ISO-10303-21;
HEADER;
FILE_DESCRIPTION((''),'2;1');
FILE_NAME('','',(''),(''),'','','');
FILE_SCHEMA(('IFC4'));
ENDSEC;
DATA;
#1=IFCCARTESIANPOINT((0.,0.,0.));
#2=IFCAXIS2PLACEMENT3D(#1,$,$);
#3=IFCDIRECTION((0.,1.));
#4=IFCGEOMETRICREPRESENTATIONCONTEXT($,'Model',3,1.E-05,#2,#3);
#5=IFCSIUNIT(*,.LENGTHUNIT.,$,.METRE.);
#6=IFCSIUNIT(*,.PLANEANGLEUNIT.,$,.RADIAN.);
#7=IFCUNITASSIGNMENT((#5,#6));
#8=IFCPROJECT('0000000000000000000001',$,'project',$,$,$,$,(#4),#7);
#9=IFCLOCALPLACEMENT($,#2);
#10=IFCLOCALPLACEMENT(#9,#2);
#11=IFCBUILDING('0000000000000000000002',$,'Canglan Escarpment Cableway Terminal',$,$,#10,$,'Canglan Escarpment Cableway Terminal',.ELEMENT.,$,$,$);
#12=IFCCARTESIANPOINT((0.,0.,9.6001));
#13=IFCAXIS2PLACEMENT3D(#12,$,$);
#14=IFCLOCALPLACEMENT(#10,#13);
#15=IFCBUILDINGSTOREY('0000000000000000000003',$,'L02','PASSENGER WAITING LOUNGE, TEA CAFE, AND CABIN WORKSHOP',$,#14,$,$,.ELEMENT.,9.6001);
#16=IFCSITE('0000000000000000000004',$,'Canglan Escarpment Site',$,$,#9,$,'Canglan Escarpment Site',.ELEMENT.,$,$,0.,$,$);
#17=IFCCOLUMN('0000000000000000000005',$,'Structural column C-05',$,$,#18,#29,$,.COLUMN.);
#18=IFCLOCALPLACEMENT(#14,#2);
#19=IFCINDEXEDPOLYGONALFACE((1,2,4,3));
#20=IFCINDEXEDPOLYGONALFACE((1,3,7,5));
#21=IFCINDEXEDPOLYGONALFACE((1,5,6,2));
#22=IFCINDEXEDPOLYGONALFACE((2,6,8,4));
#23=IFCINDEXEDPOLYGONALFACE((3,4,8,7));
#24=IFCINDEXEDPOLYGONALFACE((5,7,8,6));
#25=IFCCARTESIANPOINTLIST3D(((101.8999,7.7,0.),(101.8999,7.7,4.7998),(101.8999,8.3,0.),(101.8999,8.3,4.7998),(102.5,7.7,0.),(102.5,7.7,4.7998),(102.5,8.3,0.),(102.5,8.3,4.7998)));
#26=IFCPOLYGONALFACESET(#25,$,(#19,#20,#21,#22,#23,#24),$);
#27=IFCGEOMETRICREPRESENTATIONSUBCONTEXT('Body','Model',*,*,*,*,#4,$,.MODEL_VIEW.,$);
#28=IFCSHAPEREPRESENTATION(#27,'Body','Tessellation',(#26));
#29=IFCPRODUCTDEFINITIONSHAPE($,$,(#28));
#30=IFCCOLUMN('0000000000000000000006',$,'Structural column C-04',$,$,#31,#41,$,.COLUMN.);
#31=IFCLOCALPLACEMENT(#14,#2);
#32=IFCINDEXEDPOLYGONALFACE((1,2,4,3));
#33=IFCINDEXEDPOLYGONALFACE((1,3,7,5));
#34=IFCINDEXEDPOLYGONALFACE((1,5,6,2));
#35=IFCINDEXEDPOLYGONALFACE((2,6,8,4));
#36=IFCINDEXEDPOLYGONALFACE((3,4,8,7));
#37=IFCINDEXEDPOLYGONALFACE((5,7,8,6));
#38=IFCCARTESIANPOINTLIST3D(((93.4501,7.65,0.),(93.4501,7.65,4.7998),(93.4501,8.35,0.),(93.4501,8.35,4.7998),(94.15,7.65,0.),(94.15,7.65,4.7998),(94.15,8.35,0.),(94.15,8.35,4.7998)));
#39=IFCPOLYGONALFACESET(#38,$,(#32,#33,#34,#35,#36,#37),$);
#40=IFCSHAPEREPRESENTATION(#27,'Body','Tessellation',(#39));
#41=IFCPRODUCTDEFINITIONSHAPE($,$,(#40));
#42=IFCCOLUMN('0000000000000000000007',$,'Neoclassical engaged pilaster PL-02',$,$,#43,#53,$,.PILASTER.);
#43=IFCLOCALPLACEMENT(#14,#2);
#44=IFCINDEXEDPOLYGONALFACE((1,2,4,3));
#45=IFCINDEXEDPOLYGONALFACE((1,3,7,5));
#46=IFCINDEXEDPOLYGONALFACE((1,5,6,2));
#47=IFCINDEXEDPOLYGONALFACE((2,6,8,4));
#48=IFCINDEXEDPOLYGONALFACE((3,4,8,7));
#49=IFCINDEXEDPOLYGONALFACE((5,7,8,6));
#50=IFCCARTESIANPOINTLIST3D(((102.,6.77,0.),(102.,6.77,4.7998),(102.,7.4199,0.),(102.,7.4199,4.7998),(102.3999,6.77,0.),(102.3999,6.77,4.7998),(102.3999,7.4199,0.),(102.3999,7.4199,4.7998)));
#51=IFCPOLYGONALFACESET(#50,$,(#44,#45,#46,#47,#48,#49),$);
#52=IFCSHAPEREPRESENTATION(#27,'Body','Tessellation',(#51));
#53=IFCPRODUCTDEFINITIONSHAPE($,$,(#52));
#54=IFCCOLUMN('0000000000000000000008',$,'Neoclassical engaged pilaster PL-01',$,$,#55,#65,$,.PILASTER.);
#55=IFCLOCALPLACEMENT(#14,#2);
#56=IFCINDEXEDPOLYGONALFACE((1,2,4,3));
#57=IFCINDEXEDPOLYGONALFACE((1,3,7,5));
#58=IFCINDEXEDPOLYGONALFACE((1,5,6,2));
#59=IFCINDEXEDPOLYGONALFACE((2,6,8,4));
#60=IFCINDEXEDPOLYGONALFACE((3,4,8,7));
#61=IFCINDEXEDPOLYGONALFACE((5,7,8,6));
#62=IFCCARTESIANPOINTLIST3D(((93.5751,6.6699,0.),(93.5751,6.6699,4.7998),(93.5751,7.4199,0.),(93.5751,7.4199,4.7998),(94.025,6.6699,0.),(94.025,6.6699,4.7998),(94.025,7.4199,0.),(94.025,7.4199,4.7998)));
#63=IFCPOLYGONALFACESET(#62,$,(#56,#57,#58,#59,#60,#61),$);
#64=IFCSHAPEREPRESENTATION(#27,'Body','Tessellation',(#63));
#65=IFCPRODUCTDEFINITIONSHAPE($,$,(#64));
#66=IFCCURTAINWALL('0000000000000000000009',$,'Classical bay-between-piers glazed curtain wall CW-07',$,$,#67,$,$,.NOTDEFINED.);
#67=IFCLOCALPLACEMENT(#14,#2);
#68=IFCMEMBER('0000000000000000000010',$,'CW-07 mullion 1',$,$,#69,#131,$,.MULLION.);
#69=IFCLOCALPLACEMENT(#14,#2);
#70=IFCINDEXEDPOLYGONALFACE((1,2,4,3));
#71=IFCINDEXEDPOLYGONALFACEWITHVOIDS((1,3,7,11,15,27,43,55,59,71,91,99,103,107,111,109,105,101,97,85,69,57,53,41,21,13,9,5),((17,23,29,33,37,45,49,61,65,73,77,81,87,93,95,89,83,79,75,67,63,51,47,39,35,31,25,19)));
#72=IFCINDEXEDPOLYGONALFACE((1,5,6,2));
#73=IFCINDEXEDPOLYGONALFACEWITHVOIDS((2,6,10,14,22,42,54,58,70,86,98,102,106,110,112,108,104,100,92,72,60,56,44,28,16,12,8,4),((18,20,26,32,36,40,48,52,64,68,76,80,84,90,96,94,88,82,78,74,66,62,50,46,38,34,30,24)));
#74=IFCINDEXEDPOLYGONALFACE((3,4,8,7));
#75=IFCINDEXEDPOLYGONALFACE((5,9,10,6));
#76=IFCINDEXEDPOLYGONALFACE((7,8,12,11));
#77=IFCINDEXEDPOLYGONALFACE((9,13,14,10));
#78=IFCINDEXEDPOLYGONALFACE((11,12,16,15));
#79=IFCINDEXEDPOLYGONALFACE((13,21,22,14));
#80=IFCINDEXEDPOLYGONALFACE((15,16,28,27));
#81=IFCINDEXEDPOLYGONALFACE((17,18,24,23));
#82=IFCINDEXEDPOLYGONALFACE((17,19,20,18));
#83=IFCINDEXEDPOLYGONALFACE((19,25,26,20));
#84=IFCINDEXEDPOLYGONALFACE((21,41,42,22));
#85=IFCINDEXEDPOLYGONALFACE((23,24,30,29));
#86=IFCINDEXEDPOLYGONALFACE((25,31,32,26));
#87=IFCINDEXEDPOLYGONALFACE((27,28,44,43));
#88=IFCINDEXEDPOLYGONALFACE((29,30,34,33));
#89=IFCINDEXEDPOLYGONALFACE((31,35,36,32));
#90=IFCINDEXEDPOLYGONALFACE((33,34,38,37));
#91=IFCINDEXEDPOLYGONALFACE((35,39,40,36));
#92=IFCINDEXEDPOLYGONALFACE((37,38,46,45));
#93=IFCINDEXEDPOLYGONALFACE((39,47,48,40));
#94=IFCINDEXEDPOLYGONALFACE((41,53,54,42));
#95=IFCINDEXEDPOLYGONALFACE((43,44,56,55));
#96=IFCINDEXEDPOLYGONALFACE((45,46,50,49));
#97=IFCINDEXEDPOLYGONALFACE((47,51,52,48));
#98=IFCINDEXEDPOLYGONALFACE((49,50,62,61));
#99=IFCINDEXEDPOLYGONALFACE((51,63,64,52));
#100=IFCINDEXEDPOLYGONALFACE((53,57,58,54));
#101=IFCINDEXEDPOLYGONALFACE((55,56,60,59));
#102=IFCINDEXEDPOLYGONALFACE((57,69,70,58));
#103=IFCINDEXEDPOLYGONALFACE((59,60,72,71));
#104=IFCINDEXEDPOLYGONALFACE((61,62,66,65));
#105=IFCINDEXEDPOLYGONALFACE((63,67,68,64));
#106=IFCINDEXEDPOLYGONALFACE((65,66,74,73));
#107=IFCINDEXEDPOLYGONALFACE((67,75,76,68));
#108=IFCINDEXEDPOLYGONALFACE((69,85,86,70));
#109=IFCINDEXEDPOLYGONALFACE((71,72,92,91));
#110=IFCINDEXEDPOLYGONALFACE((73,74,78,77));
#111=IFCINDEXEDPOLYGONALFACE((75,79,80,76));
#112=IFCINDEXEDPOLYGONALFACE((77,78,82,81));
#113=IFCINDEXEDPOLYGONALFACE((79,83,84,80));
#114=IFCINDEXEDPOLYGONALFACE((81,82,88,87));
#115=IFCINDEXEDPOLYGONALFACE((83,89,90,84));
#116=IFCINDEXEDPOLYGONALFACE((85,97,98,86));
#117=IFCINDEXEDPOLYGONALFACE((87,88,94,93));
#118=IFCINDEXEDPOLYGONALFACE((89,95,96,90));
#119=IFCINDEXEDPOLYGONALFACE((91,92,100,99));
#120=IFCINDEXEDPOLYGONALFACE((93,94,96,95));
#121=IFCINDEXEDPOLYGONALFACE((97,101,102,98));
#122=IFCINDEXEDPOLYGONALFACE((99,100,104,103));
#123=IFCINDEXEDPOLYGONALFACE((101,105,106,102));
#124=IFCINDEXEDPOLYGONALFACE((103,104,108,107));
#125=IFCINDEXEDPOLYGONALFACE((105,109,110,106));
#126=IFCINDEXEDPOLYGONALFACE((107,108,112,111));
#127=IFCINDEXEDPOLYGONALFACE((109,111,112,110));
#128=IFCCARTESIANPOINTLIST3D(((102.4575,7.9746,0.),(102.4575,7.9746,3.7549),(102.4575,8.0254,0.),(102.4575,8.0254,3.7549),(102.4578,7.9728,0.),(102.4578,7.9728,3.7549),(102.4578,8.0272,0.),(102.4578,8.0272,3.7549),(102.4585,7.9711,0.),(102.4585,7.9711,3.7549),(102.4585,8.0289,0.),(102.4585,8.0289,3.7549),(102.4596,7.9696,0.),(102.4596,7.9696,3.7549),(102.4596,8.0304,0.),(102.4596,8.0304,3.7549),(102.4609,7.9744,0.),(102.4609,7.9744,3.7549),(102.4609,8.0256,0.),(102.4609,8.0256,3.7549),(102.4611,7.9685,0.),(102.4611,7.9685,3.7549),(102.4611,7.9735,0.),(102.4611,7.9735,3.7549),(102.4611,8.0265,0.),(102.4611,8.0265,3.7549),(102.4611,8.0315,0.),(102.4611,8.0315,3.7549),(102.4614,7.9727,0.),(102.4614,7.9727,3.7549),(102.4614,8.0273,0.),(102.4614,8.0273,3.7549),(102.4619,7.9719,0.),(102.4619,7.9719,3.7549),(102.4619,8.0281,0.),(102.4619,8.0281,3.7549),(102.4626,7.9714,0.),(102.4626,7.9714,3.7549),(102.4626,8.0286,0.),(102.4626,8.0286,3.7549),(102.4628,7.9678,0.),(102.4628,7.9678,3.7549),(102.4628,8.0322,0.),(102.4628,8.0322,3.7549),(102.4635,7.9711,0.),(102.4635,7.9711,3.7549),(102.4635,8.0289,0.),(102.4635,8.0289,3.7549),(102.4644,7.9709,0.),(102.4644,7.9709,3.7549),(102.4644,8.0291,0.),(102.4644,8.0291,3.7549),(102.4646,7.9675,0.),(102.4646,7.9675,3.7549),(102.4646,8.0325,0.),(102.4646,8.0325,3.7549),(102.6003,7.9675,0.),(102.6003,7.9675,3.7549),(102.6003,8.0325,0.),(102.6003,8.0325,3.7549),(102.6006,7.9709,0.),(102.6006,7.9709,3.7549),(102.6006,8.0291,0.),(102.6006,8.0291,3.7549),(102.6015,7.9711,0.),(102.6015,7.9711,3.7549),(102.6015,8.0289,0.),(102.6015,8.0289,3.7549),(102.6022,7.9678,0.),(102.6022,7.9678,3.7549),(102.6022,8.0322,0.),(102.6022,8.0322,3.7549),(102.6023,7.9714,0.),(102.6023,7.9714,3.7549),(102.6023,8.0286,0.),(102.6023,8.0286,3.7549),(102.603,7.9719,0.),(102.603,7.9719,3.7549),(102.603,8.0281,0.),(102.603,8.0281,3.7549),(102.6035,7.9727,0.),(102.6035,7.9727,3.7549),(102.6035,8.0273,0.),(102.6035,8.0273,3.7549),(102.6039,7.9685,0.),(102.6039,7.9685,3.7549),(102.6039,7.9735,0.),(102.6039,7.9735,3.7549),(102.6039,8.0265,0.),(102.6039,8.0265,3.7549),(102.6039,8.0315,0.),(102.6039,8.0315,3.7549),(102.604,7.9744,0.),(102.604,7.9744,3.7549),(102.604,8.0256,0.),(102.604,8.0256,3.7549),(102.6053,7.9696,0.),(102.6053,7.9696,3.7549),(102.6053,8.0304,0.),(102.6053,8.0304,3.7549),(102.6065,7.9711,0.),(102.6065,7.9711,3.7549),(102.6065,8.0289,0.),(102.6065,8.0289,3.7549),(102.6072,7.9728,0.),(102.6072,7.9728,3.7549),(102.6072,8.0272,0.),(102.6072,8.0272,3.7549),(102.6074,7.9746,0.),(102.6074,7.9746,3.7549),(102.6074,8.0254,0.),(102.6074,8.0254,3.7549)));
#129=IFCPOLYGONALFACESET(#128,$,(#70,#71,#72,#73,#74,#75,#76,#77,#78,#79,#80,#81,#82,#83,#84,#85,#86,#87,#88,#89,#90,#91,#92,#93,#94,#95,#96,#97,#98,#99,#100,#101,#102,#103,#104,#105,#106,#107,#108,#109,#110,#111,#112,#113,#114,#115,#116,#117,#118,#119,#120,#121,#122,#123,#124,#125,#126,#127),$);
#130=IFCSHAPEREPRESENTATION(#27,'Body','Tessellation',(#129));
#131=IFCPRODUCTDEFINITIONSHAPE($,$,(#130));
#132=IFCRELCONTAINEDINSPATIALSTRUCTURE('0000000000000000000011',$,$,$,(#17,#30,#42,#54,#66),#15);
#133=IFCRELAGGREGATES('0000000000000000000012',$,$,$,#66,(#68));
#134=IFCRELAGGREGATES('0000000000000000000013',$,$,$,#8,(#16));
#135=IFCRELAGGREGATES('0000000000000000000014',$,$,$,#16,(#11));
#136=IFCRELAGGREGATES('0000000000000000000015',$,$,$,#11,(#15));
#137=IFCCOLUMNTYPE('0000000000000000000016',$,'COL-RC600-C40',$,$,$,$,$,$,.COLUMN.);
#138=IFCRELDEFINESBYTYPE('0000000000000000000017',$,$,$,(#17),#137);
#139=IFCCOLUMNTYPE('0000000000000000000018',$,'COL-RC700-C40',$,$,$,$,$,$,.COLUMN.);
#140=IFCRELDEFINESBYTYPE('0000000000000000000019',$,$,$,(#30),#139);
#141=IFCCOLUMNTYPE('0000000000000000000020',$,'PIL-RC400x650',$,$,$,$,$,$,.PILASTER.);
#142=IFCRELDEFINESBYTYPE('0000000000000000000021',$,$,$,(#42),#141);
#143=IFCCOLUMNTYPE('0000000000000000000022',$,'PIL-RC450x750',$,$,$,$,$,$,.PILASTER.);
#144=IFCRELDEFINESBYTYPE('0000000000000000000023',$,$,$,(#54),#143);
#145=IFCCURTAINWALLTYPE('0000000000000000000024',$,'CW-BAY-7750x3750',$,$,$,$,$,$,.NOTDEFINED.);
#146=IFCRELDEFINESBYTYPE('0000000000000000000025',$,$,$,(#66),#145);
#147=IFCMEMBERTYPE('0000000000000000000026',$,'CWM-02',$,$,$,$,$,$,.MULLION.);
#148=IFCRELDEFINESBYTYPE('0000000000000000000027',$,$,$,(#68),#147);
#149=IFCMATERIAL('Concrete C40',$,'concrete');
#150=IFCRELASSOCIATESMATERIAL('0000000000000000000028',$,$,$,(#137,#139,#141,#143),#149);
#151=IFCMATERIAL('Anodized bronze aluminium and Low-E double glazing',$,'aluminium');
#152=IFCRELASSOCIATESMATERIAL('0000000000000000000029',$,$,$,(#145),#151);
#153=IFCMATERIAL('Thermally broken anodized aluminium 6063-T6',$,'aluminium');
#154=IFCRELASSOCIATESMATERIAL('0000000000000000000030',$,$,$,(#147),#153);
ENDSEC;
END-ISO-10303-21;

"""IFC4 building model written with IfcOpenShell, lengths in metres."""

from ifc_helpers import new_model, si_unit, direction, frame, origin, origin_2d, place, context, subcontext, project, spatial, rectangle, hollow_rectangle, extrude, material, material_profile, profile_set, type_object, element, aggregate, save


model = new_model("IFC4")

# Units and contexts
model_context = context("Model", 3, precision=1e-05, world=origin(), true_north=direction((0.0, 1.0)))
body_context = subcontext(model_context, "Body", "Model", "MODEL_VIEW")
ifc_project = project(units=[si_unit("LENGTHUNIT", "METRE"), si_unit("PLANEANGLEUNIT", "RADIAN")], contexts=[model_context])

# Site, building, storey
site_placement = place(None, origin())
site = spatial("IfcSite", under=ifc_project, at=site_placement, Name="Canglan Escarpment Site", LongName="Canglan Escarpment Site", CompositionType="ELEMENT", RefElevation=0.0)
building_placement = place(site_placement, origin())
building = spatial("IfcBuilding", under=site, at=building_placement, Name="Canglan Escarpment Cableway Terminal", LongName="Canglan Escarpment Cableway Terminal", CompositionType="ELEMENT")
storey_placement = place(building_placement, frame((0.0, 0.0, 9.6001)))
storey = spatial("IfcBuildingStorey", under=building, at=storey_placement, Name="L02", Description="PASSENGER WAITING LOUNGE, TEA CAFE, AND CABIN WORKSHOP", CompositionType="ELEMENT", Elevation=9.6001)

# Columns
ifc_material_1 = material(Name="Concrete C40", Category="concrete")
ifc_material_profile_1 = material_profile(ifc_material_1, rectangle(XDim=0.6001, YDim=0.6001, at=origin_2d()), Name="RC 600x600")
ifc_profile_set_1 = profile_set([ifc_material_profile_1], Name="Concrete C40")
column_type_1 = type_object("IfcColumnType", Name="COL-RC600-C40", PredefinedType="COLUMN", material=ifc_profile_set_1)
column_1_placement = place(storey_placement, frame((102.2, 8.0, 0.0), z_axis=(0.0, 0.0, 1.0), x_axis=(1.0, 0.0, 0.0)))
element("IfcColumn", 1, at=column_1_placement, inside=storey, type_object=column_type_1, Name="Structural column C-05", PredefinedType="COLUMN", context=body_context, shape_type="SweptSolid", body=[
    extrude(rectangle(XDim=0.6001, YDim=0.6001, at=origin_2d()), origin(), (0.0, 0.0, 1.0), 4.7998),
])
ifc_material_profile_2 = material_profile(ifc_material_1, rectangle(XDim=0.7, YDim=0.7, at=origin_2d()), Name="RC 700x700")
ifc_profile_set_2 = profile_set([ifc_material_profile_2], Name="Concrete C40")
column_type_2 = type_object("IfcColumnType", Name="COL-RC700-C40", PredefinedType="COLUMN", material=ifc_profile_set_2)
column_2_placement = place(storey_placement, frame((93.8, 8.0, 0.0), z_axis=(0.0, 0.0, 1.0), x_axis=(1.0, 0.0, 0.0)))
element("IfcColumn", 2, at=column_2_placement, inside=storey, type_object=column_type_2, Name="Structural column C-04", PredefinedType="COLUMN", context=body_context, shape_type="SweptSolid", body=[
    extrude(rectangle(XDim=0.7, YDim=0.7, at=origin_2d()), origin(), (0.0, 0.0, 1.0), 4.7998),
])
ifc_material_profile_3 = material_profile(ifc_material_1, rectangle(XDim=0.3999, YDim=0.6499, at=origin_2d()), Name="RC-PIL 400x650")
ifc_profile_set_3 = profile_set([ifc_material_profile_3], Name="Concrete C40")
column_type_3 = type_object("IfcColumnType", Name="PIL-RC400x650", PredefinedType="PILASTER", material=ifc_profile_set_3)
column_3_placement = place(storey_placement, frame((102.2, 7.095, 0.0), z_axis=(0.0, 0.0, 1.0), x_axis=(1.0, 0.0, 0.0)))
element("IfcColumn", 3, at=column_3_placement, inside=storey, type_object=column_type_3, Name="Neoclassical engaged pilaster PL-02", PredefinedType="PILASTER", context=body_context, shape_type="SweptSolid", body=[
    extrude(rectangle(XDim=0.3999, YDim=0.6499, at=origin_2d()), origin(), (0.0, 0.0, 1.0), 4.7998),
])
ifc_material_profile_4 = material_profile(ifc_material_1, rectangle(XDim=0.45, YDim=0.75, at=origin_2d()), Name="RC-PIL 450x750")
ifc_profile_set_4 = profile_set([ifc_material_profile_4], Name="Concrete C40")
column_type_4 = type_object("IfcColumnType", Name="PIL-RC450x750", PredefinedType="PILASTER", material=ifc_profile_set_4)
column_4_placement = place(storey_placement, frame((93.8, 7.0449, 0.0), z_axis=(0.0, 0.0, 1.0), x_axis=(1.0, 0.0, 0.0)))
element("IfcColumn", 4, at=column_4_placement, inside=storey, type_object=column_type_4, Name="Neoclassical engaged pilaster PL-01", PredefinedType="PILASTER", context=body_context, shape_type="SweptSolid", body=[
    extrude(rectangle(XDim=0.45, YDim=0.75, at=origin_2d()), origin(), (0.0, 0.0, 1.0), 4.7998),
])

# Curtain wall, member
ifc_material_2 = material(Name="Anodized bronze aluminium and Low-E double glazing", Category="aluminium")
curtain_wall_type = type_object("IfcCurtainWallType", Name="CW-BAY-7750x3750", PredefinedType="NOTDEFINED", material=ifc_material_2)
curtain_wall_placement = place(storey_placement, origin())
curtain_wall = element("IfcCurtainWall", 5, at=curtain_wall_placement, inside=storey, type_object=curtain_wall_type, Name="Classical bay-between-piers glazed curtain wall CW-07", PredefinedType="NOTDEFINED")
ifc_material_3 = material(Name="Thermally broken anodized aluminium 6063-T6", Category="aluminium")
ifc_material_profile_5 = material_profile(ifc_material_3, hollow_rectangle(XDim=0.0649, YDim=0.1499, WallThickness=0.0034, InnerFilletRadius=0.0034, OuterFilletRadius=0.0071, at=origin_2d()), Name="ALU-MULL 65x150x3.5")
ifc_profile_set_5 = profile_set([ifc_material_profile_5], Name="Thermally broken anodized aluminium 6063-T6")
member_type_1 = type_object("IfcMemberType", Name="CWM-02", PredefinedType="MULLION", material=ifc_profile_set_5)
member_1_placement = place(storey_placement, frame((102.5325, 8.0, 0.0), z_axis=(0.0, 0.0, 1.0), x_axis=(0.0, 1.0, 0.0)))
member_1 = element("IfcMember", 6, at=member_1_placement, type_object=member_type_1, Name="CW-07 mullion 1", PredefinedType="MULLION", context=body_context, shape_type="SweptSolid", body=[
    extrude(hollow_rectangle(XDim=0.0649, YDim=0.1499, WallThickness=0.0034, InnerFilletRadius=0.0034, OuterFilletRadius=0.0071, at=origin_2d()), origin(), (0.0, 0.0, 1.0), 3.7549),
])

aggregate(curtain_wall, [member_1])

save(model, "model.ifc")
